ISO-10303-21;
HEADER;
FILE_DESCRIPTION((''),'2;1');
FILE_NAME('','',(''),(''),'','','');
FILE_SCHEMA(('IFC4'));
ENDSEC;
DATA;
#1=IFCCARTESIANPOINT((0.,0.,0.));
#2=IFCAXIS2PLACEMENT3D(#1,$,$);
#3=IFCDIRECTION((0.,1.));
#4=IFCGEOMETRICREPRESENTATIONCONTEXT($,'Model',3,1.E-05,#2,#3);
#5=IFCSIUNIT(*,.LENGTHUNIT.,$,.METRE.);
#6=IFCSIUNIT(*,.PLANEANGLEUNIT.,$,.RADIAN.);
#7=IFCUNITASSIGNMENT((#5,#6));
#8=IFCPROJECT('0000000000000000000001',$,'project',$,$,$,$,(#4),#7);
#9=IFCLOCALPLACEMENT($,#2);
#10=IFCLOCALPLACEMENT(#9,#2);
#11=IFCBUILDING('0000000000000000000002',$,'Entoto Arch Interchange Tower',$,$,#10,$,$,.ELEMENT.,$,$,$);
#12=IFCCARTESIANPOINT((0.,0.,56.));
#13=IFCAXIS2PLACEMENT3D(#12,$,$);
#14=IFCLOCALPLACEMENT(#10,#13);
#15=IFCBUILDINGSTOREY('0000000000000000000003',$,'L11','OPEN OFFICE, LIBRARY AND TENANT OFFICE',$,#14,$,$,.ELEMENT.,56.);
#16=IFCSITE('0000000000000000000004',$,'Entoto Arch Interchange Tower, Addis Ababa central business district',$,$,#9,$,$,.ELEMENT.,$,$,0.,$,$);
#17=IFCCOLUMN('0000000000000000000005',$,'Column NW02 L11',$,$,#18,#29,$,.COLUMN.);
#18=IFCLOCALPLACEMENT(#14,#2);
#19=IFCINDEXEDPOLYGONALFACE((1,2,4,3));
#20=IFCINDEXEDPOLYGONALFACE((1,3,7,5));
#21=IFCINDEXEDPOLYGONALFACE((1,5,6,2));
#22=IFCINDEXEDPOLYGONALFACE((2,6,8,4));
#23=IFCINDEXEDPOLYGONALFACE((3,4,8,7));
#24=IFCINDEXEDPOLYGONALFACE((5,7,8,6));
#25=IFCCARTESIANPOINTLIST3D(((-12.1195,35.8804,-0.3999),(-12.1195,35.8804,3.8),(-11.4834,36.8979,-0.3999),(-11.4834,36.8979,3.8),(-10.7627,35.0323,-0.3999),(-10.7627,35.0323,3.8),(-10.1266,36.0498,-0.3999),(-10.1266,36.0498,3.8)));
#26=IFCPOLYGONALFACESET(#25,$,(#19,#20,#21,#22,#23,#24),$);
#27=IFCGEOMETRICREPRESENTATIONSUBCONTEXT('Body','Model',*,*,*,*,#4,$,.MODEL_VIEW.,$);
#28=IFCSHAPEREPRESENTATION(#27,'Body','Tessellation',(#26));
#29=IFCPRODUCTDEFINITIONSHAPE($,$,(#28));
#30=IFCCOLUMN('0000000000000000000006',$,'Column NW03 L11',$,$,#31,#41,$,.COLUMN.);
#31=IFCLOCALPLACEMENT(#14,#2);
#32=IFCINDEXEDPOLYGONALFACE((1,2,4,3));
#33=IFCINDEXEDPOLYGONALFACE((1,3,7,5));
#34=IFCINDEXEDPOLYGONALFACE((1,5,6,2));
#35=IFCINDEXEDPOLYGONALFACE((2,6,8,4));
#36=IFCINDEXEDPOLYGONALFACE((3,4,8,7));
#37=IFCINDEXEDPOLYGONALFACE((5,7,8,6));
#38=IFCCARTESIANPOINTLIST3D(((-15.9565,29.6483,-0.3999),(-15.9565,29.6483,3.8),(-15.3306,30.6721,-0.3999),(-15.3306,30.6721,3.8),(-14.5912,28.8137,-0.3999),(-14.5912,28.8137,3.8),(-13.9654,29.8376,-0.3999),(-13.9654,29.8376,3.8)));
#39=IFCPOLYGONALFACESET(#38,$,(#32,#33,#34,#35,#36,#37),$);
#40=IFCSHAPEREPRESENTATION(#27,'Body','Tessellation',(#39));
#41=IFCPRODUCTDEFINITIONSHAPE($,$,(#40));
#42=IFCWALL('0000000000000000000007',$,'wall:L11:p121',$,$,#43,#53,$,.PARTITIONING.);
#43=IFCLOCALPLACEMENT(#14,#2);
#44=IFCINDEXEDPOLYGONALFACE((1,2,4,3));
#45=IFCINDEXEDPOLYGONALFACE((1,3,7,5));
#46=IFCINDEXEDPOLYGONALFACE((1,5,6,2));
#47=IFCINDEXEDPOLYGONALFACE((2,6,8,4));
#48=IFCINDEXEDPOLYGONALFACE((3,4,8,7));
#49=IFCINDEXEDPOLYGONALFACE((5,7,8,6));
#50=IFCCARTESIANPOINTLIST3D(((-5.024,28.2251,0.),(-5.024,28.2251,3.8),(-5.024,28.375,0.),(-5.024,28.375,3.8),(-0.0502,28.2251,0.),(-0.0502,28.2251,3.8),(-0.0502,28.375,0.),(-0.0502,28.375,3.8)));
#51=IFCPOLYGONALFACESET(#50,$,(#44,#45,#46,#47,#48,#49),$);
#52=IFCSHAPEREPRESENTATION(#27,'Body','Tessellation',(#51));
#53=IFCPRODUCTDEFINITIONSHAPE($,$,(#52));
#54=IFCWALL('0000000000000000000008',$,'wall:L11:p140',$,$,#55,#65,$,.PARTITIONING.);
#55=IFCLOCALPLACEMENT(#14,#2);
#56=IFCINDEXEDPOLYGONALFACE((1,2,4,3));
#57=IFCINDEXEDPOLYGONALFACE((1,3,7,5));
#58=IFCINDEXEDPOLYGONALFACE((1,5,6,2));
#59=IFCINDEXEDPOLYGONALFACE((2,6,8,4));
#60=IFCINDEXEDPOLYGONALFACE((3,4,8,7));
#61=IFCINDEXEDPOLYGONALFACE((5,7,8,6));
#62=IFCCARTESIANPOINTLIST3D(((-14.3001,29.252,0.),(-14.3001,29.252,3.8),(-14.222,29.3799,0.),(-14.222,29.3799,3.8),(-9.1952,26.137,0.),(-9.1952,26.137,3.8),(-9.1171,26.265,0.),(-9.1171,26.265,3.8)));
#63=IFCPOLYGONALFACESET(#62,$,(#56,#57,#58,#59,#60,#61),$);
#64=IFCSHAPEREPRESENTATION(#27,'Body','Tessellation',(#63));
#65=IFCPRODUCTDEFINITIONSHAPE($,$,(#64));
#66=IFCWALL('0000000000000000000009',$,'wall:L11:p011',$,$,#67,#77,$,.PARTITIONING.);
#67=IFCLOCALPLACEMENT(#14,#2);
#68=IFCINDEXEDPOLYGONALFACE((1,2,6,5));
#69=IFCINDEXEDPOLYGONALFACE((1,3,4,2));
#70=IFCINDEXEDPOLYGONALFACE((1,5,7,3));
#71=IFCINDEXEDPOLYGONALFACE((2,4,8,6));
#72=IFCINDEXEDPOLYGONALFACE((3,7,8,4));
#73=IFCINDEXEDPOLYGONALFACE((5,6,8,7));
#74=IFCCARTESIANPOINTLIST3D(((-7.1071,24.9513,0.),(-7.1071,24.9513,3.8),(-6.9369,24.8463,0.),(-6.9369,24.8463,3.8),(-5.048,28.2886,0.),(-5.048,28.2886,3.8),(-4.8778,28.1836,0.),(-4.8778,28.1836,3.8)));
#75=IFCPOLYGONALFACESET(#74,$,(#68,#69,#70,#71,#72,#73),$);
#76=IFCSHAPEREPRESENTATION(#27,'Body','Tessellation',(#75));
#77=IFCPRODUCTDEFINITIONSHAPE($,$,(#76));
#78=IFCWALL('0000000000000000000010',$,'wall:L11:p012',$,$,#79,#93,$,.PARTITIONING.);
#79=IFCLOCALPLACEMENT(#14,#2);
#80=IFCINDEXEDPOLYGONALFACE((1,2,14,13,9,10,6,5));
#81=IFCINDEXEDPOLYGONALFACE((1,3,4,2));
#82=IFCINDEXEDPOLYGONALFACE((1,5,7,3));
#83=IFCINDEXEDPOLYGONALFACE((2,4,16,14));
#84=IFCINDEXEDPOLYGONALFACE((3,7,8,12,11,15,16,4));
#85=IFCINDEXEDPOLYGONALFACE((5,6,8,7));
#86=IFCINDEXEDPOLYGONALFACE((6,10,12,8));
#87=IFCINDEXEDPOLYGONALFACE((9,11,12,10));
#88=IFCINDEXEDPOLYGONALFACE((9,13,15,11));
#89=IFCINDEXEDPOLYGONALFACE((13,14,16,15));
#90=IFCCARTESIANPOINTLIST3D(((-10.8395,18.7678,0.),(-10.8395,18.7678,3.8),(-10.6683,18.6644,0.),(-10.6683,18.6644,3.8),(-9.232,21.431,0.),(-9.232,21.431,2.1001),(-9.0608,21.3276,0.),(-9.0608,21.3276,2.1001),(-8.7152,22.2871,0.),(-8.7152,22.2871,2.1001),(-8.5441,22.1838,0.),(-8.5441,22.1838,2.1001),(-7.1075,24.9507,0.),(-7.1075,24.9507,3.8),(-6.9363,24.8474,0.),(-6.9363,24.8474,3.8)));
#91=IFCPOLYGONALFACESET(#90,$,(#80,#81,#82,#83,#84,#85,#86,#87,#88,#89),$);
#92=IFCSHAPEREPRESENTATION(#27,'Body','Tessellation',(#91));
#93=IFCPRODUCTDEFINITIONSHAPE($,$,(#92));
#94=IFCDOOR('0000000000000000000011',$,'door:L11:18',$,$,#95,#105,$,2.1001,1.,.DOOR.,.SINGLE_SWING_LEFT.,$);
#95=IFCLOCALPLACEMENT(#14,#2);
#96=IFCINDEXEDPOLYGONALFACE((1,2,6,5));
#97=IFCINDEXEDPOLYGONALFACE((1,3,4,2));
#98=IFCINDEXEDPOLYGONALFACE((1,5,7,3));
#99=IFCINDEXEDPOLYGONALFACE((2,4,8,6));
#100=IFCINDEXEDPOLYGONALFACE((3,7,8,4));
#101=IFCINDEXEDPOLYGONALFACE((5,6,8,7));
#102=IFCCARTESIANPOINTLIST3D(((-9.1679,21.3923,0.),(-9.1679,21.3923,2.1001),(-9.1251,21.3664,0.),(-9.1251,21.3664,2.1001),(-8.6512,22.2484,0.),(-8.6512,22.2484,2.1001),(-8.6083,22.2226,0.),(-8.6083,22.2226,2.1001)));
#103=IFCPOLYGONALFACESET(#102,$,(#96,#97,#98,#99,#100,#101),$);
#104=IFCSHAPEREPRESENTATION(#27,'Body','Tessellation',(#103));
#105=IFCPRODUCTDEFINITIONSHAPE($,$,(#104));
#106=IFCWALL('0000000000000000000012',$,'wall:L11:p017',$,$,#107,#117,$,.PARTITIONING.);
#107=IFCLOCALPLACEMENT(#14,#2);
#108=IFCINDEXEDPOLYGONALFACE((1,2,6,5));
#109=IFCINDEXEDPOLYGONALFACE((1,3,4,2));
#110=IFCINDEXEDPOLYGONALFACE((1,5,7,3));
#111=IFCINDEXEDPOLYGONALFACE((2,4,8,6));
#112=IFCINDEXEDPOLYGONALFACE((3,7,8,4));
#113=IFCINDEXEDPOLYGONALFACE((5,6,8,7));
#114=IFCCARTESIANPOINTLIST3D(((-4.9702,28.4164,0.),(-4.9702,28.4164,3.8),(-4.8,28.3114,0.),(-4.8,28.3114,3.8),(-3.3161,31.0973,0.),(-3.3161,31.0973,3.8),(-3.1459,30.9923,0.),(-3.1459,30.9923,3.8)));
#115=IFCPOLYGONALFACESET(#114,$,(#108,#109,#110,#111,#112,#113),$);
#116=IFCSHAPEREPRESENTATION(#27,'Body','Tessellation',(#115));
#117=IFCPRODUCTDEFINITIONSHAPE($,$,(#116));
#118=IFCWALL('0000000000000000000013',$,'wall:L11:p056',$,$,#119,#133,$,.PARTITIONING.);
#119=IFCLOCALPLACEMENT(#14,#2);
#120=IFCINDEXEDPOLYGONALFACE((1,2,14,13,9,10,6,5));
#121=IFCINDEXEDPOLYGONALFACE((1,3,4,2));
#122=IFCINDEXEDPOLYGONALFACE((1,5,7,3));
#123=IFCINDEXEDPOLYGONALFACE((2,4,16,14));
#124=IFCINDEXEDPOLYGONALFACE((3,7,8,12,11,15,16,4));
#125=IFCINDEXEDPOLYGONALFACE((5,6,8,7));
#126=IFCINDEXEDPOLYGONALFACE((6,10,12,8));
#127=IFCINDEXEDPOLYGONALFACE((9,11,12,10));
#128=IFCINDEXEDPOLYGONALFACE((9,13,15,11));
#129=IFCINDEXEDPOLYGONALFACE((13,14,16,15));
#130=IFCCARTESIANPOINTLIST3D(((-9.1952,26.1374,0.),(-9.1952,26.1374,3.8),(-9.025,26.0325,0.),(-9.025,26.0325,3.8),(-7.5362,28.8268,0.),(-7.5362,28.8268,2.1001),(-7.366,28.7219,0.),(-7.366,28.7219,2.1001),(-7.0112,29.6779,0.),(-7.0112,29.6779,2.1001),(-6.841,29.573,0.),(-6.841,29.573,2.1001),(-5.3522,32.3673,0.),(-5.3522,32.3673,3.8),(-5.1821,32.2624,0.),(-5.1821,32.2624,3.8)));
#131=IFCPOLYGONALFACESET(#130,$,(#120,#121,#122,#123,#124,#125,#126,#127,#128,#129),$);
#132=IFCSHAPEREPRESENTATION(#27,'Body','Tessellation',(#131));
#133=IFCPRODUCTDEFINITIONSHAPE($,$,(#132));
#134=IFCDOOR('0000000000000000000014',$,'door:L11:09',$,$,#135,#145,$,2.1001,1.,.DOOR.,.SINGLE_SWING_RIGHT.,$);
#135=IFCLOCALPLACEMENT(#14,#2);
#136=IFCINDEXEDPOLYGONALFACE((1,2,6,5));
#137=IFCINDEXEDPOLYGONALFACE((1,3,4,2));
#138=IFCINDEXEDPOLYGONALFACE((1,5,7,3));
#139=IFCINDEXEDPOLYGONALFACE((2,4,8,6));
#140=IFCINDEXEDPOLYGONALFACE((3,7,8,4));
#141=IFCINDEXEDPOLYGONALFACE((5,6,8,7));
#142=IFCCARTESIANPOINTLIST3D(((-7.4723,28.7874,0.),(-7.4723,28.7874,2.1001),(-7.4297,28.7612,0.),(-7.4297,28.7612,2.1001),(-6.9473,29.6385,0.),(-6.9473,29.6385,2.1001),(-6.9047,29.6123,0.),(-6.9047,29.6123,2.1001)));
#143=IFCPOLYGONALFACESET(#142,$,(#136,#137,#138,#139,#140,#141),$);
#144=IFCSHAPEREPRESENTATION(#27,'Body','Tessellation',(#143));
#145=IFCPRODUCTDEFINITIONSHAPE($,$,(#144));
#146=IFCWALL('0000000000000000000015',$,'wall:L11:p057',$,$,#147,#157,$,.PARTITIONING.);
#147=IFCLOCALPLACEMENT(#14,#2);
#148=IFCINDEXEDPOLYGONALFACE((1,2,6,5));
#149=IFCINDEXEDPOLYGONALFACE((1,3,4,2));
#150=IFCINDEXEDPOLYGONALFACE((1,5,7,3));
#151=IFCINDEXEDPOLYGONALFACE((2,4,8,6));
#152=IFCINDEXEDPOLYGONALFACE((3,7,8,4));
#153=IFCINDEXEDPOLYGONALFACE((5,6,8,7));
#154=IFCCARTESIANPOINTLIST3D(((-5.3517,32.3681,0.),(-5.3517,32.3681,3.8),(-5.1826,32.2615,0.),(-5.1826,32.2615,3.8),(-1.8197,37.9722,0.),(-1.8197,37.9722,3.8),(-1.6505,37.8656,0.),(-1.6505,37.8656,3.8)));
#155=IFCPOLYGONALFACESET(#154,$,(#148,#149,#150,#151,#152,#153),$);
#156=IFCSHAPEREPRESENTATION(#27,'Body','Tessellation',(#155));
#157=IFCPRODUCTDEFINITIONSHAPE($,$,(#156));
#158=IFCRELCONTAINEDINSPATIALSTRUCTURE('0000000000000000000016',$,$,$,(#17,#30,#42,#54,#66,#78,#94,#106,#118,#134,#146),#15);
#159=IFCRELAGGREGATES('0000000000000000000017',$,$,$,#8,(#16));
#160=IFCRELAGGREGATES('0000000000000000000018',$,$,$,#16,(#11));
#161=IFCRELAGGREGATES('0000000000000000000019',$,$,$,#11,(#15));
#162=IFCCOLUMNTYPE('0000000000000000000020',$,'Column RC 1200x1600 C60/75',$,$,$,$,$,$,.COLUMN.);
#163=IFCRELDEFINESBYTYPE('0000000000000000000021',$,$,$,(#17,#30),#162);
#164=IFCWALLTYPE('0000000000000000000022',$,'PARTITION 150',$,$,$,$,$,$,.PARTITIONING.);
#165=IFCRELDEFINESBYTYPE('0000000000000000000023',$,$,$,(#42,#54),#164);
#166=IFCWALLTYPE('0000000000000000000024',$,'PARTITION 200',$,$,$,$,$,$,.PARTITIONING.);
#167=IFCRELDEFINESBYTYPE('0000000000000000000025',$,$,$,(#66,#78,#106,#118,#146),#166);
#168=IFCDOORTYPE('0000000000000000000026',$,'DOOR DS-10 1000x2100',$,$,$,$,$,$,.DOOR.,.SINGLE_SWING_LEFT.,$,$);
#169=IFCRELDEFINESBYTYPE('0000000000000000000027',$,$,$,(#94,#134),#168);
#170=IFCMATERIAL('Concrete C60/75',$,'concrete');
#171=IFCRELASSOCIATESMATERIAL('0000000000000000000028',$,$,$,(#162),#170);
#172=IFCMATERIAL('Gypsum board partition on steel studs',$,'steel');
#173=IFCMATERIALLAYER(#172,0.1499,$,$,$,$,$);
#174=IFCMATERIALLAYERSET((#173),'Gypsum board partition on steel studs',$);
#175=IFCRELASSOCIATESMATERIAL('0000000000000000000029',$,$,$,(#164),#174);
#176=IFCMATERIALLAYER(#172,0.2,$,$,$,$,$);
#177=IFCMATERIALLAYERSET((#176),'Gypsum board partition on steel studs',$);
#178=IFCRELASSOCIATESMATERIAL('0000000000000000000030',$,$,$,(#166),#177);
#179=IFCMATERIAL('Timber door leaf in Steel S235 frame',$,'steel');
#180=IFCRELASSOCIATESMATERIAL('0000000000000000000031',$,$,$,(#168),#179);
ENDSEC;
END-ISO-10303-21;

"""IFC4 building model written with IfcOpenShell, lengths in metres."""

from ifc_helpers import new_model, si_unit, direction, frame, frame_2d, origin, origin_2d, place, context, subcontext, project, spatial, rectangle, extrude, material, layer, layer_set, material_profile, profile_set, type_object, element, fill, save


model = new_model("IFC4")

# Units and contexts
model_context = context("Model", 3, precision=1e-05, world=origin(), true_north=direction((0.0, 1.0)))
body_context = subcontext(model_context, "Body", "Model", "MODEL_VIEW")
ifc_project = project(units=[si_unit("LENGTHUNIT", "METRE"), si_unit("PLANEANGLEUNIT", "RADIAN")], contexts=[model_context])

# Site, building, storey
site_placement = place(None, origin())
site = spatial("IfcSite", under=ifc_project, at=site_placement, Name="Entoto Arch Interchange Tower, Addis Ababa central business district", CompositionType="ELEMENT", RefElevation=0.0)
building_placement = place(site_placement, origin())
building = spatial("IfcBuilding", under=site, at=building_placement, Name="Entoto Arch Interchange Tower", CompositionType="ELEMENT")
storey_placement = place(building_placement, frame((0.0, 0.0, 56.0)))
storey = spatial("IfcBuildingStorey", under=building, at=storey_placement, Name="L11", Description="OPEN OFFICE, LIBRARY AND TENANT OFFICE", CompositionType="ELEMENT", Elevation=56.0)

# Columns
ifc_material_1 = material(Name="Concrete C60/75", Category="concrete")
ifc_material_profile = material_profile(ifc_material_1, rectangle(XDim=1.2, YDim=1.6001, at=origin_2d()))
ifc_profile_set = profile_set([ifc_material_profile], Name="Concrete C60/75")
column_type = type_object("IfcColumnType", Name="Column RC 1200x1600 C60/75", PredefinedType="COLUMN", material=ifc_profile_set)
for number, where, z_axis, x_axis, name in (
    (1, (-11.123, 35.9651, -0.3999), (0.0, 0.0, 1.0), (0.530067, 0.847956, 0.0), "Column NW02 L11"),
    (2, (-14.9609, 29.7429, -0.3999), (0.0, 0.0, 1.0), (0.521546, 0.853223, 0.0), "Column NW03 L11"),
):
    element("IfcColumn", number, at=place(storey_placement, frame(where, z_axis=z_axis, x_axis=x_axis)), inside=storey, type_object=column_type, Name=name, PredefinedType="COLUMN", context=body_context, shape_type="SweptSolid", body=[
        extrude(rectangle(XDim=1.2, YDim=1.6001, at=origin_2d()), origin(), (0.0, 0.0, 1.0), 4.2),
    ])

# Walls
ifc_material_2 = material(Name="Gypsum board partition on steel studs", Category="steel")
ifc_layer_1 = layer(ifc_material_2, 0.1499)
ifc_layer_set_1 = layer_set([ifc_layer_1], Name="Gypsum board partition on steel studs")
wall_type_1 = type_object("IfcWallType", Name="PARTITION 150", PredefinedType="PARTITIONING", material=ifc_layer_set_1)
wall_1_placement = place(storey_placement, frame((-5.0239, 28.3, 0.0), z_axis=(0.0, 0.0, 1.0), x_axis=(1.0, 0.0, 0.0)))
element("IfcWall", 3, at=wall_1_placement, inside=storey, type_object=wall_type_1, Name="wall:L11:p121", PredefinedType="PARTITIONING", context=body_context, shape_type="SweptSolid", body=[
    extrude(rectangle(XDim=4.9739, YDim=0.1499, at=frame_2d((2.4868, 0.0))), origin(), (0.0, 0.0, 1.0), 3.8),
])
wall_2_placement = place(storey_placement, frame((-9.156, 26.2009, 0.0), z_axis=(0.0, 0.0, 1.0), x_axis=(-0.853633, 0.520875, 0.0)))
element("IfcWall", 4, at=wall_2_placement, inside=storey, type_object=wall_type_1, Name="wall:L11:p140", PredefinedType="PARTITIONING", context=body_context, shape_type="SweptSolid", body=[
    extrude(rectangle(XDim=5.9802, YDim=0.1499, at=frame_2d((2.9902, 0.0))), origin(), (0.0, 0.0, 1.0), 3.8),
])
ifc_layer_2 = layer(ifc_material_2, 0.2)
ifc_layer_set_2 = layer_set([ifc_layer_2], Name="Gypsum board partition on steel studs")
wall_type_2 = type_object("IfcWallType", Name="PARTITION 200", PredefinedType="PARTITIONING", material=ifc_layer_set_2)
wall_3_placement = place(storey_placement, frame((-4.9629, 28.2361, 0.0), z_axis=(0.0, 0.0, 1.0), x_axis=(-0.525104, -0.851038, 0.0)))
element("IfcWall", 5, at=wall_3_placement, inside=storey, type_object=wall_type_2, Name="wall:L11:p011", PredefinedType="PARTITIONING", context=body_context, shape_type="SweptSolid", body=[
    extrude(rectangle(XDim=3.9214, YDim=0.2, at=frame_2d((1.9607, 0.0))), origin(), (0.0, 0.0, 1.0), 3.8),
])

# Wall, opening, door
wall_4_placement = place(storey_placement, frame((-7.022, 24.8989, 0.0), z_axis=(0.0, 0.0, 1.0), x_axis=(-0.516756, -0.856133, 0.0)))
wall_4 = element("IfcWall", 6, at=wall_4_placement, inside=storey, type_object=wall_type_2, Name="wall:L11:p012", PredefinedType="PARTITIONING", context=body_context, shape_type="SweptSolid", body=[
    extrude(rectangle(XDim=7.2219, YDim=0.2, at=frame_2d((3.6108, 0.0))), origin(), (0.0, 0.0, 1.0), 3.8),
])
opening_1_placement = place(wall_4_placement, frame((3.1111, 0.0, 0.0)))
opening_1 = element("IfcOpeningElement", 7, at=opening_1_placement, cuts=wall_4, PredefinedType="OPENING", context=body_context, shape_type="SweptSolid", body=[
    extrude(rectangle(XDim=1.0, YDim=2.1001, at=frame_2d((0.5, 1.05))), frame((0.0, 0.1099, 0.0), z_axis=(0.0, -1.0, 0.0), x_axis=(1.0, 0.0, 0.0)), (0.0, 0.0, 1.0), 0.22),
])
ifc_material_3 = material(Name="Timber door leaf in Steel S235 frame", Category="steel")
door_type_1 = type_object("IfcDoorType", Name="DOOR DS-10 1000x2100", OperationType="SINGLE_SWING_LEFT", PredefinedType="DOOR", material=ifc_material_3)
door_1_placement = place(opening_1_placement, origin())
door_1 = element("IfcDoor", 8, at=door_1_placement, inside=storey, type_object=door_type_1, Name="door:L11:18", OperationType="SINGLE_SWING_LEFT", OverallHeight=2.1001, OverallWidth=1.0, PredefinedType="DOOR", context=body_context, shape_type="SweptSolid", body=[
    extrude(rectangle(XDim=1.0, YDim=2.1001, at=frame_2d((0.5, 1.05))), frame((0.0, 0.0249, 0.0), z_axis=(0.0, -1.0, 0.0), x_axis=(1.0, 0.0, 0.0)), (0.0, 0.0, 1.0), 0.05),
])
fill(opening_1, door_1)

# Wall
wall_5_placement = place(storey_placement, frame((-3.231, 31.0449, 0.0), z_axis=(0.0, 0.0, 1.0), x_axis=(-0.525079, -0.851054, 0.0)))
element("IfcWall", 9, at=wall_5_placement, inside=storey, type_object=wall_type_2, Name="wall:L11:p017", PredefinedType="PARTITIONING", context=body_context, shape_type="SweptSolid", body=[
    extrude(rectangle(XDim=3.1501, YDim=0.2, at=frame_2d((1.5752, 0.0))), origin(), (0.0, 0.0, 1.0), 3.8),
])

# Wall, opening, door
wall_6_placement = place(storey_placement, frame((-9.1101, 26.085, 0.0), z_axis=(0.0, 0.0, 1.0), x_axis=(0.525007, 0.851098, 0.0)))
wall_6 = element("IfcWall", 10, at=wall_6_placement, inside=storey, type_object=wall_type_2, Name="wall:L11:p056", PredefinedType="PARTITIONING", context=body_context, shape_type="SweptSolid", body=[
    extrude(rectangle(XDim=7.3198, YDim=0.2, at=frame_2d((3.6599, 0.0))), origin(), (0.0, 0.0, 1.0), 3.8),
])
opening_2_placement = place(wall_6_placement, frame((3.1599, 0.0, 0.0)))
opening_2 = element("IfcOpeningElement", 11, at=opening_2_placement, cuts=wall_6, PredefinedType="OPENING", context=body_context, shape_type="SweptSolid", body=[
    extrude(rectangle(XDim=1.0, YDim=2.1001, at=frame_2d((0.5, 1.05))), frame((0.0, 0.1099, 0.0), z_axis=(0.0, -1.0, 0.0), x_axis=(1.0, 0.0, 0.0)), (0.0, 0.0, 1.0), 0.22),
])
door_2_placement = place(opening_2_placement, origin())
door_2 = element("IfcDoor", 12, at=door_2_placement, inside=storey, type_object=door_type_1, Name="door:L11:09", OperationType="SINGLE_SWING_RIGHT", OverallHeight=2.1001, OverallWidth=1.0, PredefinedType="DOOR", context=body_context, shape_type="SweptSolid", body=[
    extrude(rectangle(XDim=1.0, YDim=2.1001, at=frame_2d((0.5, 1.05))), frame((0.0, 0.0249, 0.0), z_axis=(0.0, -1.0, 0.0), x_axis=(1.0, 0.0, 0.0)), (0.0, 0.0, 1.0), 0.05),
])
fill(opening_2, door_2)

# Wall
wall_7_placement = place(storey_placement, frame((-5.2671, 32.3149, 0.0), z_axis=(0.0, 0.0, 1.0), x_axis=(0.533195, 0.845992, 0.0)))
element("IfcWall", 13, at=wall_7_placement, inside=storey, type_object=wall_type_2, Name="wall:L11:p057", PredefinedType="PARTITIONING", context=body_context, shape_type="SweptSolid", body=[
    extrude(rectangle(XDim=6.6243, YDim=0.2, at=frame_2d((3.312, 0.0))), origin(), (0.0, 0.0, 1.0), 3.8),
])

save(model, "model.ifc")
